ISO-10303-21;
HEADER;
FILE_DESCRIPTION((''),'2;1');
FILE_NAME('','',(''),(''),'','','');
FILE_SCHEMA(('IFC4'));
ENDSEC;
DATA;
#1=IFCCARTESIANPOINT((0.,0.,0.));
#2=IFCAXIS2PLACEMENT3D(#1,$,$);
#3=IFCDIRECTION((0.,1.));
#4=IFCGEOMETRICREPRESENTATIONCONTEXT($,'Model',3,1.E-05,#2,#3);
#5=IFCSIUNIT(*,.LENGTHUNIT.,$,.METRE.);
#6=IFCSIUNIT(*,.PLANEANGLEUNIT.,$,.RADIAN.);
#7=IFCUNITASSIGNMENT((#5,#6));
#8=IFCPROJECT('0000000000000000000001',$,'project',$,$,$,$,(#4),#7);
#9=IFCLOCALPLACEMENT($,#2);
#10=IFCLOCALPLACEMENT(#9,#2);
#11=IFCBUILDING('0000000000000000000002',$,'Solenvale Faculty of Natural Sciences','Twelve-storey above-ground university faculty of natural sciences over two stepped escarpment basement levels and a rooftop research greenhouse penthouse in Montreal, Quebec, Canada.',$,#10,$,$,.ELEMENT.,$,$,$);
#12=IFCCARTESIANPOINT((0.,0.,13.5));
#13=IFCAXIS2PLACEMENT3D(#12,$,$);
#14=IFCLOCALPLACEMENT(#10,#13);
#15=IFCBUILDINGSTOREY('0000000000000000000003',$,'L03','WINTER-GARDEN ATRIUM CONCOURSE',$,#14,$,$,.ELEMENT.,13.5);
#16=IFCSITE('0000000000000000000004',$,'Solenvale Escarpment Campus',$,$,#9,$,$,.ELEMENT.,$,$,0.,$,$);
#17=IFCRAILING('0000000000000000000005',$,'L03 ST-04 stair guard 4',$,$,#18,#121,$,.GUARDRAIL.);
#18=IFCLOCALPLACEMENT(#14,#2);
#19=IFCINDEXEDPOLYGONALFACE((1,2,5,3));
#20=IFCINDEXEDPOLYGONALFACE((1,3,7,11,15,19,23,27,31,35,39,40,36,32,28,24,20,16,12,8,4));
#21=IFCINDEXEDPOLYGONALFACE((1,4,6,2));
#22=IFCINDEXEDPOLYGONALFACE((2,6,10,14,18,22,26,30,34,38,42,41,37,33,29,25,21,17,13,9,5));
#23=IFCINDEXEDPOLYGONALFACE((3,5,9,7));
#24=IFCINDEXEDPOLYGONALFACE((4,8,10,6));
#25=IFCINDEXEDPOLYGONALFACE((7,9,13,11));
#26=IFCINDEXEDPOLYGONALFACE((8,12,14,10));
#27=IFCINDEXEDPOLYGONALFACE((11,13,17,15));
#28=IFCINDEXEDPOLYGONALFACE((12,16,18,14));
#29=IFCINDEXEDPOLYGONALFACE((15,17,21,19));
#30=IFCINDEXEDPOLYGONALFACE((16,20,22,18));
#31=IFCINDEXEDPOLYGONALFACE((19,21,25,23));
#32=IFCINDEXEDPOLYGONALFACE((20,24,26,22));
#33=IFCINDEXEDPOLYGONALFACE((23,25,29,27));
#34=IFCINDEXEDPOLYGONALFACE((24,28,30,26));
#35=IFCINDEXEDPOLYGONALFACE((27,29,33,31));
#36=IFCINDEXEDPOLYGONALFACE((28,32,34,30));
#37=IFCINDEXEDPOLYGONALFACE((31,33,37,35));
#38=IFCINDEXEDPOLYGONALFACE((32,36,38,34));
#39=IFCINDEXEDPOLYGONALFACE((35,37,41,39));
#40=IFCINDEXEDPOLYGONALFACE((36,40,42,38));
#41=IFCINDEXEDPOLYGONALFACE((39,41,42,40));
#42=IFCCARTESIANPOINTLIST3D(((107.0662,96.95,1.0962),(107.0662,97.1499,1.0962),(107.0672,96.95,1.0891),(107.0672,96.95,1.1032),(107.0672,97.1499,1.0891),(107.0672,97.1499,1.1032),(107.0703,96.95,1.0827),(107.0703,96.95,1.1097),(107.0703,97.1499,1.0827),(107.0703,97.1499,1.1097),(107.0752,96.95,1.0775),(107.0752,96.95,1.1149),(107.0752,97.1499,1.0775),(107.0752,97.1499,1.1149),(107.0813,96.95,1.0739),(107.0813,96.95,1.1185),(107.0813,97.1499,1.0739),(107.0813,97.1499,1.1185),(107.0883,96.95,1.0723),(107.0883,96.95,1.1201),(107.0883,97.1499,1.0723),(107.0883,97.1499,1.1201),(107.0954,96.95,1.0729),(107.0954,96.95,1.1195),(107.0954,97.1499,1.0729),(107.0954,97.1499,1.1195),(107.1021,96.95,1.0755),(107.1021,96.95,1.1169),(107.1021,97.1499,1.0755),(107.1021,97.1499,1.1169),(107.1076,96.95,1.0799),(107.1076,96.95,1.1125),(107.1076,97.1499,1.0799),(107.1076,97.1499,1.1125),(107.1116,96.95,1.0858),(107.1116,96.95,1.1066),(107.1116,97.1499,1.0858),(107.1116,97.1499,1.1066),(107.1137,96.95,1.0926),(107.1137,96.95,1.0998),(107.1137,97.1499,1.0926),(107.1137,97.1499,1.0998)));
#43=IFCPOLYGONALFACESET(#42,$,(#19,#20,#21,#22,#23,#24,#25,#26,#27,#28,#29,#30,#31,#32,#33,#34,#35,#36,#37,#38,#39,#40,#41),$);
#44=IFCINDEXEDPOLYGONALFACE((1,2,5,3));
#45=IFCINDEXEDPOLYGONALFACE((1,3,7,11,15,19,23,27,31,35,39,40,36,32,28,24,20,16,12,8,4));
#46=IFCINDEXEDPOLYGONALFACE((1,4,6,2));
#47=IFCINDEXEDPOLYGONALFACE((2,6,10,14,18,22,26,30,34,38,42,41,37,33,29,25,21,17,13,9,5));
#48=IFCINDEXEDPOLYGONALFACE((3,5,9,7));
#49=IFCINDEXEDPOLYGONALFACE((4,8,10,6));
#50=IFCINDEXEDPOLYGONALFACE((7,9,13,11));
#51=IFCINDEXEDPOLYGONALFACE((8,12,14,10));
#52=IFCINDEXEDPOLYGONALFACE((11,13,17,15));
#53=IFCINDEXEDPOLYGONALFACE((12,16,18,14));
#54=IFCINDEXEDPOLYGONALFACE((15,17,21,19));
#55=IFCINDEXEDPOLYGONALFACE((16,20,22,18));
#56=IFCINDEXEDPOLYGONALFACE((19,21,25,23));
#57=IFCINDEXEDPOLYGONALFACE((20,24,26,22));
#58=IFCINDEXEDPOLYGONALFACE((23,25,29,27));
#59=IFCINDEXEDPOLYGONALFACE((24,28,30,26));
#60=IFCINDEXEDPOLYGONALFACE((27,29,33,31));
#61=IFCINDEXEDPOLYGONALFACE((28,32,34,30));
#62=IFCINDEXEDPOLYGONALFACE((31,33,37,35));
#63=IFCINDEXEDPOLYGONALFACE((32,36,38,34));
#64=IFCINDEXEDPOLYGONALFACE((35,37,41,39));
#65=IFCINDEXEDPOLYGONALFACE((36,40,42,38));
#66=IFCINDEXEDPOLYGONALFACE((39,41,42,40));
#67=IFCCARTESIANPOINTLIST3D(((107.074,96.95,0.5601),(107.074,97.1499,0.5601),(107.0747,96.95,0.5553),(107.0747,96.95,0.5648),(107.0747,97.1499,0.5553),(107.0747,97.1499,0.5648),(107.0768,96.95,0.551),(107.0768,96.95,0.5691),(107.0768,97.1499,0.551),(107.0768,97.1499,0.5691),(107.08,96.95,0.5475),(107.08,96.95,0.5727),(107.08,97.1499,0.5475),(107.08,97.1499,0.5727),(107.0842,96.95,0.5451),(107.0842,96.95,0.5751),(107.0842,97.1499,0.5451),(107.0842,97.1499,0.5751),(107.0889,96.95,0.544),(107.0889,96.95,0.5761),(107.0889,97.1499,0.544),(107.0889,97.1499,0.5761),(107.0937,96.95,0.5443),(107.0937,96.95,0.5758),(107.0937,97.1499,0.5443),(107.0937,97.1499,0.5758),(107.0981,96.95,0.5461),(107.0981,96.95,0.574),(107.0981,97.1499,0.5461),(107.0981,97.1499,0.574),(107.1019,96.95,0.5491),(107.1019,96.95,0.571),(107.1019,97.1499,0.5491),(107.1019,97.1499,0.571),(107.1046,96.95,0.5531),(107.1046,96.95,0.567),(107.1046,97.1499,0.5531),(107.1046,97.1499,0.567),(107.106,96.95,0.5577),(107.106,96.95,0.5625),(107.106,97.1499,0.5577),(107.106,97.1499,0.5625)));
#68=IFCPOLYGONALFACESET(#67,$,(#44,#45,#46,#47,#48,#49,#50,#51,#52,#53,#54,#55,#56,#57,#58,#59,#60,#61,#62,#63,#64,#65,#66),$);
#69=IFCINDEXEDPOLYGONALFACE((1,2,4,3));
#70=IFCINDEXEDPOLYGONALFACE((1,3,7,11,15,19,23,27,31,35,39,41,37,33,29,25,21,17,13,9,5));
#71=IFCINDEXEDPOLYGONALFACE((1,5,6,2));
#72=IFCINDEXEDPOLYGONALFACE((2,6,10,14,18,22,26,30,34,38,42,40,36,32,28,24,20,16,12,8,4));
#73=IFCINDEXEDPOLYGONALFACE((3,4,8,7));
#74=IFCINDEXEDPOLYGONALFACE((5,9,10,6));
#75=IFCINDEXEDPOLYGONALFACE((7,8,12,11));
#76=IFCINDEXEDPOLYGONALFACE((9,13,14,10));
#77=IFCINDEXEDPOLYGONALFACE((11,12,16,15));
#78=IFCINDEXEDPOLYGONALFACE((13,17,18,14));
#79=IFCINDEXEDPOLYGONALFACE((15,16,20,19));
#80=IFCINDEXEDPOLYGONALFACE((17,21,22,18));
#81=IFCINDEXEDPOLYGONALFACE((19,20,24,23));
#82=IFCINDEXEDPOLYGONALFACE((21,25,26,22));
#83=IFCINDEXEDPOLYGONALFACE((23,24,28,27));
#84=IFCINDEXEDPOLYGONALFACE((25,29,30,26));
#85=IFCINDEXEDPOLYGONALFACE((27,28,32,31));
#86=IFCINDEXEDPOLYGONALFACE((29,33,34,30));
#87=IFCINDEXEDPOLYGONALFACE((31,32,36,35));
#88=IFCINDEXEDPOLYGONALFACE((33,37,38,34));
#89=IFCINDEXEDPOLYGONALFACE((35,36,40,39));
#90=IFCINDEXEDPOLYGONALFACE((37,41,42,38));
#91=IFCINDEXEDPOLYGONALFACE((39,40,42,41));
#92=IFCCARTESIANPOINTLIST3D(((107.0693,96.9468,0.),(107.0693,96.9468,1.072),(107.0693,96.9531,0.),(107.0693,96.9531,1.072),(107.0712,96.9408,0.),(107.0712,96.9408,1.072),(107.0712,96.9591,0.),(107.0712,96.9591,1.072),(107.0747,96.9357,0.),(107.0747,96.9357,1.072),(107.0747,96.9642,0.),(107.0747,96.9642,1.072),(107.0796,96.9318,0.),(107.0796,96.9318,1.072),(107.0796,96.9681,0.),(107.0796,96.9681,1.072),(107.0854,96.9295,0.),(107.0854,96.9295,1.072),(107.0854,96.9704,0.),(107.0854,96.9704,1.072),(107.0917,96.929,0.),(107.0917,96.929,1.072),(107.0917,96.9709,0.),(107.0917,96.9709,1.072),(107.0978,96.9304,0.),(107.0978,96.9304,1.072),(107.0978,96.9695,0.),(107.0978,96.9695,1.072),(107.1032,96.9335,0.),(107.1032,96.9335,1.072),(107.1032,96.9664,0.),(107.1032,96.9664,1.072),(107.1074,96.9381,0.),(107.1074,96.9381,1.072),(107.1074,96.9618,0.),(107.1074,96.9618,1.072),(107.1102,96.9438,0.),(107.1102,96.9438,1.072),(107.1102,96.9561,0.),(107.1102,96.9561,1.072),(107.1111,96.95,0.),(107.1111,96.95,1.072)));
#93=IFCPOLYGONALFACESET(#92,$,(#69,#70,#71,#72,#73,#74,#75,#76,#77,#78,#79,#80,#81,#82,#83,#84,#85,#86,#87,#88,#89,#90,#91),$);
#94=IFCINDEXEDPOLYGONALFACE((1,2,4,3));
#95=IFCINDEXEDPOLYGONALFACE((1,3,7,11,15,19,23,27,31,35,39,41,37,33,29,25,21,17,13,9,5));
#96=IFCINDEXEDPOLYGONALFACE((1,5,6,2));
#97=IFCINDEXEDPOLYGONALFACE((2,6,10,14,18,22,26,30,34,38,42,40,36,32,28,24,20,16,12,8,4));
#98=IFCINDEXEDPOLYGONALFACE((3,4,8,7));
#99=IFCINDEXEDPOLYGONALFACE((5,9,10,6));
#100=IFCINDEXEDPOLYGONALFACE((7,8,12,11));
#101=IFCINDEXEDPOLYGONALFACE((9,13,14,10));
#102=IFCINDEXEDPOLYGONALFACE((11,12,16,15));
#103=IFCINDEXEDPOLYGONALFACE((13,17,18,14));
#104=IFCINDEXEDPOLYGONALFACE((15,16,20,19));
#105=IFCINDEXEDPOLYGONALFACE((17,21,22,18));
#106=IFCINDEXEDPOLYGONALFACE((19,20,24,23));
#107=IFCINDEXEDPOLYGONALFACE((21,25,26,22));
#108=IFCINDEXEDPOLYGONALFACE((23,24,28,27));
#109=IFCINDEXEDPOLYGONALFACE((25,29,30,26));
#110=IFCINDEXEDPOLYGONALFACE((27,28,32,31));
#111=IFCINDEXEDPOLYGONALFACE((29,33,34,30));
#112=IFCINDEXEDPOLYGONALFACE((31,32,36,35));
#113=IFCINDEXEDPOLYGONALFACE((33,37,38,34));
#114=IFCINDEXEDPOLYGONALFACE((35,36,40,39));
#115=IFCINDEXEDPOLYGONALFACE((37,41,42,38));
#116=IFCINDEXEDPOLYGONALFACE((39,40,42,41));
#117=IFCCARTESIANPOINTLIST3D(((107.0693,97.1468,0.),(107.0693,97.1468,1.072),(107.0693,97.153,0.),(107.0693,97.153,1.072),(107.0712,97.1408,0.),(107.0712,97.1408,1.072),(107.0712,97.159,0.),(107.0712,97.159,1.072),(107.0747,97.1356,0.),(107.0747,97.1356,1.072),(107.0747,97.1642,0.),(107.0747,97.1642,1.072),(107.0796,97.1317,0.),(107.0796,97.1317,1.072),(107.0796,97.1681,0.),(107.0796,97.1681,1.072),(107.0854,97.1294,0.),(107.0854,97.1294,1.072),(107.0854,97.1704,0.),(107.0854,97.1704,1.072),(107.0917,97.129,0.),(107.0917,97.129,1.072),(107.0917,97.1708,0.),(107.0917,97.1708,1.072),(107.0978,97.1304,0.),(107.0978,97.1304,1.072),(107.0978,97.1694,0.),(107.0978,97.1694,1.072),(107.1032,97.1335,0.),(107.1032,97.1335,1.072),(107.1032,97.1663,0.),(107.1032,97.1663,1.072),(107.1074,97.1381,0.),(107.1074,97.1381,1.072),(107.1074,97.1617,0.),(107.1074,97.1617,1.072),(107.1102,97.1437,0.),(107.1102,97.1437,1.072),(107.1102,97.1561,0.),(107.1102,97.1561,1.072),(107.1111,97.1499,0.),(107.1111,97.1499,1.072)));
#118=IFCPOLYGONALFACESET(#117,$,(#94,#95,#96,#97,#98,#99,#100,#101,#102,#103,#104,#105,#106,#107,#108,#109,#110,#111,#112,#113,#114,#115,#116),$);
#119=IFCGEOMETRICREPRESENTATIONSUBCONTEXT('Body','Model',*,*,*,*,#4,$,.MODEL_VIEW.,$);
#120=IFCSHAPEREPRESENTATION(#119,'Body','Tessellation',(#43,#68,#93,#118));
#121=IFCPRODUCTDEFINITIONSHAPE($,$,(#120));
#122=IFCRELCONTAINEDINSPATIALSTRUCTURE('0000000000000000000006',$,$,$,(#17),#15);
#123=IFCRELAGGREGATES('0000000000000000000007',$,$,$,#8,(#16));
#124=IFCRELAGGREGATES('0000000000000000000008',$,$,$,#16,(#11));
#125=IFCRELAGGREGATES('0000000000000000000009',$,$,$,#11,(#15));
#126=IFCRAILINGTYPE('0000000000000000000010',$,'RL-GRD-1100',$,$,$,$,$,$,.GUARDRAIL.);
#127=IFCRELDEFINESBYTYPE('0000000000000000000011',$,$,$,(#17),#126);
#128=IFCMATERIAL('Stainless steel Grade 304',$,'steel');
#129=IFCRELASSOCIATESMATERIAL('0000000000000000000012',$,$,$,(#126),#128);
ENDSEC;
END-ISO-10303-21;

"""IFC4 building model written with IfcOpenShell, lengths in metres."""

from ifc_helpers import new_model, si_unit, direction, frame, origin, origin_2d, place, context, subcontext, project, spatial, circle, extrude, material, type_object, element, save


model = new_model("IFC4")

# Units and contexts
model_context = context("Model", 3, precision=1e-05, world=origin(), true_north=direction((0.0, 1.0)))
body_context = subcontext(model_context, "Body", "Model", "MODEL_VIEW")
ifc_project = project(units=[si_unit("LENGTHUNIT", "METRE"), si_unit("PLANEANGLEUNIT", "RADIAN")], contexts=[model_context])

# Site, building, storey
site_placement = place(None, origin())
site = spatial("IfcSite", under=ifc_project, at=site_placement, Name="Solenvale Escarpment Campus", CompositionType="ELEMENT", RefElevation=0.0)
building_placement = place(site_placement, origin())
building = spatial("IfcBuilding", under=site, at=building_placement, Name="Solenvale Faculty of Natural Sciences", Description="Twelve-storey above-ground university faculty of natural sciences over two stepped escarpment basement levels and a rooftop research greenhouse penthouse in Montreal, Quebec, Canada.", CompositionType="ELEMENT")
storey_placement = place(building_placement, frame((0.0, 0.0, 13.5)))
storey = spatial("IfcBuildingStorey", under=building, at=storey_placement, Name="L03", Description="WINTER-GARDEN ATRIUM CONCOURSE", CompositionType="ELEMENT", Elevation=13.5)

# Shared definitions
ifc_material_1 = material(Name="Stainless steel Grade 304", Category="steel")

# Railing
railing_type_1 = type_object("IfcRailingType", Name="RL-GRD-1100", PredefinedType="GUARDRAIL", material=ifc_material_1)
railing_1_placement = place(storey_placement, frame((107.0901, 96.95, 0.0)))
element("IfcRailing", 1, at=railing_1_placement, inside=storey, type_object=railing_type_1, Name="L03 ST-04 stair guard 4", PredefinedType="GUARDRAIL", context=body_context, shape_type="SweptSolid", body=[
    extrude(circle(Radius=0.0239, at=origin_2d()), frame((0.0, 0.0, 1.0962), z_axis=(0.0, 1.0, 0.0), x_axis=(-1.0, 0.0, 0.0)), (0.0, 0.0, 1.0), 0.2),
    extrude(circle(Radius=0.0161, at=origin_2d()), frame((0.0, 0.0, 0.5601), z_axis=(0.0, 1.0, 0.0), x_axis=(-1.0, 0.0, 0.0)), (0.0, 0.0, 1.0), 0.2),
    extrude(circle(Radius=0.021, at=origin_2d()), origin(), (0.0, 0.0, 1.0), 1.072),
    extrude(circle(Radius=0.021, at=origin_2d()), frame((0.0, 0.2, 0.0)), (0.0, 0.0, 1.0), 1.072),
])

save(model, "model.ifc")
